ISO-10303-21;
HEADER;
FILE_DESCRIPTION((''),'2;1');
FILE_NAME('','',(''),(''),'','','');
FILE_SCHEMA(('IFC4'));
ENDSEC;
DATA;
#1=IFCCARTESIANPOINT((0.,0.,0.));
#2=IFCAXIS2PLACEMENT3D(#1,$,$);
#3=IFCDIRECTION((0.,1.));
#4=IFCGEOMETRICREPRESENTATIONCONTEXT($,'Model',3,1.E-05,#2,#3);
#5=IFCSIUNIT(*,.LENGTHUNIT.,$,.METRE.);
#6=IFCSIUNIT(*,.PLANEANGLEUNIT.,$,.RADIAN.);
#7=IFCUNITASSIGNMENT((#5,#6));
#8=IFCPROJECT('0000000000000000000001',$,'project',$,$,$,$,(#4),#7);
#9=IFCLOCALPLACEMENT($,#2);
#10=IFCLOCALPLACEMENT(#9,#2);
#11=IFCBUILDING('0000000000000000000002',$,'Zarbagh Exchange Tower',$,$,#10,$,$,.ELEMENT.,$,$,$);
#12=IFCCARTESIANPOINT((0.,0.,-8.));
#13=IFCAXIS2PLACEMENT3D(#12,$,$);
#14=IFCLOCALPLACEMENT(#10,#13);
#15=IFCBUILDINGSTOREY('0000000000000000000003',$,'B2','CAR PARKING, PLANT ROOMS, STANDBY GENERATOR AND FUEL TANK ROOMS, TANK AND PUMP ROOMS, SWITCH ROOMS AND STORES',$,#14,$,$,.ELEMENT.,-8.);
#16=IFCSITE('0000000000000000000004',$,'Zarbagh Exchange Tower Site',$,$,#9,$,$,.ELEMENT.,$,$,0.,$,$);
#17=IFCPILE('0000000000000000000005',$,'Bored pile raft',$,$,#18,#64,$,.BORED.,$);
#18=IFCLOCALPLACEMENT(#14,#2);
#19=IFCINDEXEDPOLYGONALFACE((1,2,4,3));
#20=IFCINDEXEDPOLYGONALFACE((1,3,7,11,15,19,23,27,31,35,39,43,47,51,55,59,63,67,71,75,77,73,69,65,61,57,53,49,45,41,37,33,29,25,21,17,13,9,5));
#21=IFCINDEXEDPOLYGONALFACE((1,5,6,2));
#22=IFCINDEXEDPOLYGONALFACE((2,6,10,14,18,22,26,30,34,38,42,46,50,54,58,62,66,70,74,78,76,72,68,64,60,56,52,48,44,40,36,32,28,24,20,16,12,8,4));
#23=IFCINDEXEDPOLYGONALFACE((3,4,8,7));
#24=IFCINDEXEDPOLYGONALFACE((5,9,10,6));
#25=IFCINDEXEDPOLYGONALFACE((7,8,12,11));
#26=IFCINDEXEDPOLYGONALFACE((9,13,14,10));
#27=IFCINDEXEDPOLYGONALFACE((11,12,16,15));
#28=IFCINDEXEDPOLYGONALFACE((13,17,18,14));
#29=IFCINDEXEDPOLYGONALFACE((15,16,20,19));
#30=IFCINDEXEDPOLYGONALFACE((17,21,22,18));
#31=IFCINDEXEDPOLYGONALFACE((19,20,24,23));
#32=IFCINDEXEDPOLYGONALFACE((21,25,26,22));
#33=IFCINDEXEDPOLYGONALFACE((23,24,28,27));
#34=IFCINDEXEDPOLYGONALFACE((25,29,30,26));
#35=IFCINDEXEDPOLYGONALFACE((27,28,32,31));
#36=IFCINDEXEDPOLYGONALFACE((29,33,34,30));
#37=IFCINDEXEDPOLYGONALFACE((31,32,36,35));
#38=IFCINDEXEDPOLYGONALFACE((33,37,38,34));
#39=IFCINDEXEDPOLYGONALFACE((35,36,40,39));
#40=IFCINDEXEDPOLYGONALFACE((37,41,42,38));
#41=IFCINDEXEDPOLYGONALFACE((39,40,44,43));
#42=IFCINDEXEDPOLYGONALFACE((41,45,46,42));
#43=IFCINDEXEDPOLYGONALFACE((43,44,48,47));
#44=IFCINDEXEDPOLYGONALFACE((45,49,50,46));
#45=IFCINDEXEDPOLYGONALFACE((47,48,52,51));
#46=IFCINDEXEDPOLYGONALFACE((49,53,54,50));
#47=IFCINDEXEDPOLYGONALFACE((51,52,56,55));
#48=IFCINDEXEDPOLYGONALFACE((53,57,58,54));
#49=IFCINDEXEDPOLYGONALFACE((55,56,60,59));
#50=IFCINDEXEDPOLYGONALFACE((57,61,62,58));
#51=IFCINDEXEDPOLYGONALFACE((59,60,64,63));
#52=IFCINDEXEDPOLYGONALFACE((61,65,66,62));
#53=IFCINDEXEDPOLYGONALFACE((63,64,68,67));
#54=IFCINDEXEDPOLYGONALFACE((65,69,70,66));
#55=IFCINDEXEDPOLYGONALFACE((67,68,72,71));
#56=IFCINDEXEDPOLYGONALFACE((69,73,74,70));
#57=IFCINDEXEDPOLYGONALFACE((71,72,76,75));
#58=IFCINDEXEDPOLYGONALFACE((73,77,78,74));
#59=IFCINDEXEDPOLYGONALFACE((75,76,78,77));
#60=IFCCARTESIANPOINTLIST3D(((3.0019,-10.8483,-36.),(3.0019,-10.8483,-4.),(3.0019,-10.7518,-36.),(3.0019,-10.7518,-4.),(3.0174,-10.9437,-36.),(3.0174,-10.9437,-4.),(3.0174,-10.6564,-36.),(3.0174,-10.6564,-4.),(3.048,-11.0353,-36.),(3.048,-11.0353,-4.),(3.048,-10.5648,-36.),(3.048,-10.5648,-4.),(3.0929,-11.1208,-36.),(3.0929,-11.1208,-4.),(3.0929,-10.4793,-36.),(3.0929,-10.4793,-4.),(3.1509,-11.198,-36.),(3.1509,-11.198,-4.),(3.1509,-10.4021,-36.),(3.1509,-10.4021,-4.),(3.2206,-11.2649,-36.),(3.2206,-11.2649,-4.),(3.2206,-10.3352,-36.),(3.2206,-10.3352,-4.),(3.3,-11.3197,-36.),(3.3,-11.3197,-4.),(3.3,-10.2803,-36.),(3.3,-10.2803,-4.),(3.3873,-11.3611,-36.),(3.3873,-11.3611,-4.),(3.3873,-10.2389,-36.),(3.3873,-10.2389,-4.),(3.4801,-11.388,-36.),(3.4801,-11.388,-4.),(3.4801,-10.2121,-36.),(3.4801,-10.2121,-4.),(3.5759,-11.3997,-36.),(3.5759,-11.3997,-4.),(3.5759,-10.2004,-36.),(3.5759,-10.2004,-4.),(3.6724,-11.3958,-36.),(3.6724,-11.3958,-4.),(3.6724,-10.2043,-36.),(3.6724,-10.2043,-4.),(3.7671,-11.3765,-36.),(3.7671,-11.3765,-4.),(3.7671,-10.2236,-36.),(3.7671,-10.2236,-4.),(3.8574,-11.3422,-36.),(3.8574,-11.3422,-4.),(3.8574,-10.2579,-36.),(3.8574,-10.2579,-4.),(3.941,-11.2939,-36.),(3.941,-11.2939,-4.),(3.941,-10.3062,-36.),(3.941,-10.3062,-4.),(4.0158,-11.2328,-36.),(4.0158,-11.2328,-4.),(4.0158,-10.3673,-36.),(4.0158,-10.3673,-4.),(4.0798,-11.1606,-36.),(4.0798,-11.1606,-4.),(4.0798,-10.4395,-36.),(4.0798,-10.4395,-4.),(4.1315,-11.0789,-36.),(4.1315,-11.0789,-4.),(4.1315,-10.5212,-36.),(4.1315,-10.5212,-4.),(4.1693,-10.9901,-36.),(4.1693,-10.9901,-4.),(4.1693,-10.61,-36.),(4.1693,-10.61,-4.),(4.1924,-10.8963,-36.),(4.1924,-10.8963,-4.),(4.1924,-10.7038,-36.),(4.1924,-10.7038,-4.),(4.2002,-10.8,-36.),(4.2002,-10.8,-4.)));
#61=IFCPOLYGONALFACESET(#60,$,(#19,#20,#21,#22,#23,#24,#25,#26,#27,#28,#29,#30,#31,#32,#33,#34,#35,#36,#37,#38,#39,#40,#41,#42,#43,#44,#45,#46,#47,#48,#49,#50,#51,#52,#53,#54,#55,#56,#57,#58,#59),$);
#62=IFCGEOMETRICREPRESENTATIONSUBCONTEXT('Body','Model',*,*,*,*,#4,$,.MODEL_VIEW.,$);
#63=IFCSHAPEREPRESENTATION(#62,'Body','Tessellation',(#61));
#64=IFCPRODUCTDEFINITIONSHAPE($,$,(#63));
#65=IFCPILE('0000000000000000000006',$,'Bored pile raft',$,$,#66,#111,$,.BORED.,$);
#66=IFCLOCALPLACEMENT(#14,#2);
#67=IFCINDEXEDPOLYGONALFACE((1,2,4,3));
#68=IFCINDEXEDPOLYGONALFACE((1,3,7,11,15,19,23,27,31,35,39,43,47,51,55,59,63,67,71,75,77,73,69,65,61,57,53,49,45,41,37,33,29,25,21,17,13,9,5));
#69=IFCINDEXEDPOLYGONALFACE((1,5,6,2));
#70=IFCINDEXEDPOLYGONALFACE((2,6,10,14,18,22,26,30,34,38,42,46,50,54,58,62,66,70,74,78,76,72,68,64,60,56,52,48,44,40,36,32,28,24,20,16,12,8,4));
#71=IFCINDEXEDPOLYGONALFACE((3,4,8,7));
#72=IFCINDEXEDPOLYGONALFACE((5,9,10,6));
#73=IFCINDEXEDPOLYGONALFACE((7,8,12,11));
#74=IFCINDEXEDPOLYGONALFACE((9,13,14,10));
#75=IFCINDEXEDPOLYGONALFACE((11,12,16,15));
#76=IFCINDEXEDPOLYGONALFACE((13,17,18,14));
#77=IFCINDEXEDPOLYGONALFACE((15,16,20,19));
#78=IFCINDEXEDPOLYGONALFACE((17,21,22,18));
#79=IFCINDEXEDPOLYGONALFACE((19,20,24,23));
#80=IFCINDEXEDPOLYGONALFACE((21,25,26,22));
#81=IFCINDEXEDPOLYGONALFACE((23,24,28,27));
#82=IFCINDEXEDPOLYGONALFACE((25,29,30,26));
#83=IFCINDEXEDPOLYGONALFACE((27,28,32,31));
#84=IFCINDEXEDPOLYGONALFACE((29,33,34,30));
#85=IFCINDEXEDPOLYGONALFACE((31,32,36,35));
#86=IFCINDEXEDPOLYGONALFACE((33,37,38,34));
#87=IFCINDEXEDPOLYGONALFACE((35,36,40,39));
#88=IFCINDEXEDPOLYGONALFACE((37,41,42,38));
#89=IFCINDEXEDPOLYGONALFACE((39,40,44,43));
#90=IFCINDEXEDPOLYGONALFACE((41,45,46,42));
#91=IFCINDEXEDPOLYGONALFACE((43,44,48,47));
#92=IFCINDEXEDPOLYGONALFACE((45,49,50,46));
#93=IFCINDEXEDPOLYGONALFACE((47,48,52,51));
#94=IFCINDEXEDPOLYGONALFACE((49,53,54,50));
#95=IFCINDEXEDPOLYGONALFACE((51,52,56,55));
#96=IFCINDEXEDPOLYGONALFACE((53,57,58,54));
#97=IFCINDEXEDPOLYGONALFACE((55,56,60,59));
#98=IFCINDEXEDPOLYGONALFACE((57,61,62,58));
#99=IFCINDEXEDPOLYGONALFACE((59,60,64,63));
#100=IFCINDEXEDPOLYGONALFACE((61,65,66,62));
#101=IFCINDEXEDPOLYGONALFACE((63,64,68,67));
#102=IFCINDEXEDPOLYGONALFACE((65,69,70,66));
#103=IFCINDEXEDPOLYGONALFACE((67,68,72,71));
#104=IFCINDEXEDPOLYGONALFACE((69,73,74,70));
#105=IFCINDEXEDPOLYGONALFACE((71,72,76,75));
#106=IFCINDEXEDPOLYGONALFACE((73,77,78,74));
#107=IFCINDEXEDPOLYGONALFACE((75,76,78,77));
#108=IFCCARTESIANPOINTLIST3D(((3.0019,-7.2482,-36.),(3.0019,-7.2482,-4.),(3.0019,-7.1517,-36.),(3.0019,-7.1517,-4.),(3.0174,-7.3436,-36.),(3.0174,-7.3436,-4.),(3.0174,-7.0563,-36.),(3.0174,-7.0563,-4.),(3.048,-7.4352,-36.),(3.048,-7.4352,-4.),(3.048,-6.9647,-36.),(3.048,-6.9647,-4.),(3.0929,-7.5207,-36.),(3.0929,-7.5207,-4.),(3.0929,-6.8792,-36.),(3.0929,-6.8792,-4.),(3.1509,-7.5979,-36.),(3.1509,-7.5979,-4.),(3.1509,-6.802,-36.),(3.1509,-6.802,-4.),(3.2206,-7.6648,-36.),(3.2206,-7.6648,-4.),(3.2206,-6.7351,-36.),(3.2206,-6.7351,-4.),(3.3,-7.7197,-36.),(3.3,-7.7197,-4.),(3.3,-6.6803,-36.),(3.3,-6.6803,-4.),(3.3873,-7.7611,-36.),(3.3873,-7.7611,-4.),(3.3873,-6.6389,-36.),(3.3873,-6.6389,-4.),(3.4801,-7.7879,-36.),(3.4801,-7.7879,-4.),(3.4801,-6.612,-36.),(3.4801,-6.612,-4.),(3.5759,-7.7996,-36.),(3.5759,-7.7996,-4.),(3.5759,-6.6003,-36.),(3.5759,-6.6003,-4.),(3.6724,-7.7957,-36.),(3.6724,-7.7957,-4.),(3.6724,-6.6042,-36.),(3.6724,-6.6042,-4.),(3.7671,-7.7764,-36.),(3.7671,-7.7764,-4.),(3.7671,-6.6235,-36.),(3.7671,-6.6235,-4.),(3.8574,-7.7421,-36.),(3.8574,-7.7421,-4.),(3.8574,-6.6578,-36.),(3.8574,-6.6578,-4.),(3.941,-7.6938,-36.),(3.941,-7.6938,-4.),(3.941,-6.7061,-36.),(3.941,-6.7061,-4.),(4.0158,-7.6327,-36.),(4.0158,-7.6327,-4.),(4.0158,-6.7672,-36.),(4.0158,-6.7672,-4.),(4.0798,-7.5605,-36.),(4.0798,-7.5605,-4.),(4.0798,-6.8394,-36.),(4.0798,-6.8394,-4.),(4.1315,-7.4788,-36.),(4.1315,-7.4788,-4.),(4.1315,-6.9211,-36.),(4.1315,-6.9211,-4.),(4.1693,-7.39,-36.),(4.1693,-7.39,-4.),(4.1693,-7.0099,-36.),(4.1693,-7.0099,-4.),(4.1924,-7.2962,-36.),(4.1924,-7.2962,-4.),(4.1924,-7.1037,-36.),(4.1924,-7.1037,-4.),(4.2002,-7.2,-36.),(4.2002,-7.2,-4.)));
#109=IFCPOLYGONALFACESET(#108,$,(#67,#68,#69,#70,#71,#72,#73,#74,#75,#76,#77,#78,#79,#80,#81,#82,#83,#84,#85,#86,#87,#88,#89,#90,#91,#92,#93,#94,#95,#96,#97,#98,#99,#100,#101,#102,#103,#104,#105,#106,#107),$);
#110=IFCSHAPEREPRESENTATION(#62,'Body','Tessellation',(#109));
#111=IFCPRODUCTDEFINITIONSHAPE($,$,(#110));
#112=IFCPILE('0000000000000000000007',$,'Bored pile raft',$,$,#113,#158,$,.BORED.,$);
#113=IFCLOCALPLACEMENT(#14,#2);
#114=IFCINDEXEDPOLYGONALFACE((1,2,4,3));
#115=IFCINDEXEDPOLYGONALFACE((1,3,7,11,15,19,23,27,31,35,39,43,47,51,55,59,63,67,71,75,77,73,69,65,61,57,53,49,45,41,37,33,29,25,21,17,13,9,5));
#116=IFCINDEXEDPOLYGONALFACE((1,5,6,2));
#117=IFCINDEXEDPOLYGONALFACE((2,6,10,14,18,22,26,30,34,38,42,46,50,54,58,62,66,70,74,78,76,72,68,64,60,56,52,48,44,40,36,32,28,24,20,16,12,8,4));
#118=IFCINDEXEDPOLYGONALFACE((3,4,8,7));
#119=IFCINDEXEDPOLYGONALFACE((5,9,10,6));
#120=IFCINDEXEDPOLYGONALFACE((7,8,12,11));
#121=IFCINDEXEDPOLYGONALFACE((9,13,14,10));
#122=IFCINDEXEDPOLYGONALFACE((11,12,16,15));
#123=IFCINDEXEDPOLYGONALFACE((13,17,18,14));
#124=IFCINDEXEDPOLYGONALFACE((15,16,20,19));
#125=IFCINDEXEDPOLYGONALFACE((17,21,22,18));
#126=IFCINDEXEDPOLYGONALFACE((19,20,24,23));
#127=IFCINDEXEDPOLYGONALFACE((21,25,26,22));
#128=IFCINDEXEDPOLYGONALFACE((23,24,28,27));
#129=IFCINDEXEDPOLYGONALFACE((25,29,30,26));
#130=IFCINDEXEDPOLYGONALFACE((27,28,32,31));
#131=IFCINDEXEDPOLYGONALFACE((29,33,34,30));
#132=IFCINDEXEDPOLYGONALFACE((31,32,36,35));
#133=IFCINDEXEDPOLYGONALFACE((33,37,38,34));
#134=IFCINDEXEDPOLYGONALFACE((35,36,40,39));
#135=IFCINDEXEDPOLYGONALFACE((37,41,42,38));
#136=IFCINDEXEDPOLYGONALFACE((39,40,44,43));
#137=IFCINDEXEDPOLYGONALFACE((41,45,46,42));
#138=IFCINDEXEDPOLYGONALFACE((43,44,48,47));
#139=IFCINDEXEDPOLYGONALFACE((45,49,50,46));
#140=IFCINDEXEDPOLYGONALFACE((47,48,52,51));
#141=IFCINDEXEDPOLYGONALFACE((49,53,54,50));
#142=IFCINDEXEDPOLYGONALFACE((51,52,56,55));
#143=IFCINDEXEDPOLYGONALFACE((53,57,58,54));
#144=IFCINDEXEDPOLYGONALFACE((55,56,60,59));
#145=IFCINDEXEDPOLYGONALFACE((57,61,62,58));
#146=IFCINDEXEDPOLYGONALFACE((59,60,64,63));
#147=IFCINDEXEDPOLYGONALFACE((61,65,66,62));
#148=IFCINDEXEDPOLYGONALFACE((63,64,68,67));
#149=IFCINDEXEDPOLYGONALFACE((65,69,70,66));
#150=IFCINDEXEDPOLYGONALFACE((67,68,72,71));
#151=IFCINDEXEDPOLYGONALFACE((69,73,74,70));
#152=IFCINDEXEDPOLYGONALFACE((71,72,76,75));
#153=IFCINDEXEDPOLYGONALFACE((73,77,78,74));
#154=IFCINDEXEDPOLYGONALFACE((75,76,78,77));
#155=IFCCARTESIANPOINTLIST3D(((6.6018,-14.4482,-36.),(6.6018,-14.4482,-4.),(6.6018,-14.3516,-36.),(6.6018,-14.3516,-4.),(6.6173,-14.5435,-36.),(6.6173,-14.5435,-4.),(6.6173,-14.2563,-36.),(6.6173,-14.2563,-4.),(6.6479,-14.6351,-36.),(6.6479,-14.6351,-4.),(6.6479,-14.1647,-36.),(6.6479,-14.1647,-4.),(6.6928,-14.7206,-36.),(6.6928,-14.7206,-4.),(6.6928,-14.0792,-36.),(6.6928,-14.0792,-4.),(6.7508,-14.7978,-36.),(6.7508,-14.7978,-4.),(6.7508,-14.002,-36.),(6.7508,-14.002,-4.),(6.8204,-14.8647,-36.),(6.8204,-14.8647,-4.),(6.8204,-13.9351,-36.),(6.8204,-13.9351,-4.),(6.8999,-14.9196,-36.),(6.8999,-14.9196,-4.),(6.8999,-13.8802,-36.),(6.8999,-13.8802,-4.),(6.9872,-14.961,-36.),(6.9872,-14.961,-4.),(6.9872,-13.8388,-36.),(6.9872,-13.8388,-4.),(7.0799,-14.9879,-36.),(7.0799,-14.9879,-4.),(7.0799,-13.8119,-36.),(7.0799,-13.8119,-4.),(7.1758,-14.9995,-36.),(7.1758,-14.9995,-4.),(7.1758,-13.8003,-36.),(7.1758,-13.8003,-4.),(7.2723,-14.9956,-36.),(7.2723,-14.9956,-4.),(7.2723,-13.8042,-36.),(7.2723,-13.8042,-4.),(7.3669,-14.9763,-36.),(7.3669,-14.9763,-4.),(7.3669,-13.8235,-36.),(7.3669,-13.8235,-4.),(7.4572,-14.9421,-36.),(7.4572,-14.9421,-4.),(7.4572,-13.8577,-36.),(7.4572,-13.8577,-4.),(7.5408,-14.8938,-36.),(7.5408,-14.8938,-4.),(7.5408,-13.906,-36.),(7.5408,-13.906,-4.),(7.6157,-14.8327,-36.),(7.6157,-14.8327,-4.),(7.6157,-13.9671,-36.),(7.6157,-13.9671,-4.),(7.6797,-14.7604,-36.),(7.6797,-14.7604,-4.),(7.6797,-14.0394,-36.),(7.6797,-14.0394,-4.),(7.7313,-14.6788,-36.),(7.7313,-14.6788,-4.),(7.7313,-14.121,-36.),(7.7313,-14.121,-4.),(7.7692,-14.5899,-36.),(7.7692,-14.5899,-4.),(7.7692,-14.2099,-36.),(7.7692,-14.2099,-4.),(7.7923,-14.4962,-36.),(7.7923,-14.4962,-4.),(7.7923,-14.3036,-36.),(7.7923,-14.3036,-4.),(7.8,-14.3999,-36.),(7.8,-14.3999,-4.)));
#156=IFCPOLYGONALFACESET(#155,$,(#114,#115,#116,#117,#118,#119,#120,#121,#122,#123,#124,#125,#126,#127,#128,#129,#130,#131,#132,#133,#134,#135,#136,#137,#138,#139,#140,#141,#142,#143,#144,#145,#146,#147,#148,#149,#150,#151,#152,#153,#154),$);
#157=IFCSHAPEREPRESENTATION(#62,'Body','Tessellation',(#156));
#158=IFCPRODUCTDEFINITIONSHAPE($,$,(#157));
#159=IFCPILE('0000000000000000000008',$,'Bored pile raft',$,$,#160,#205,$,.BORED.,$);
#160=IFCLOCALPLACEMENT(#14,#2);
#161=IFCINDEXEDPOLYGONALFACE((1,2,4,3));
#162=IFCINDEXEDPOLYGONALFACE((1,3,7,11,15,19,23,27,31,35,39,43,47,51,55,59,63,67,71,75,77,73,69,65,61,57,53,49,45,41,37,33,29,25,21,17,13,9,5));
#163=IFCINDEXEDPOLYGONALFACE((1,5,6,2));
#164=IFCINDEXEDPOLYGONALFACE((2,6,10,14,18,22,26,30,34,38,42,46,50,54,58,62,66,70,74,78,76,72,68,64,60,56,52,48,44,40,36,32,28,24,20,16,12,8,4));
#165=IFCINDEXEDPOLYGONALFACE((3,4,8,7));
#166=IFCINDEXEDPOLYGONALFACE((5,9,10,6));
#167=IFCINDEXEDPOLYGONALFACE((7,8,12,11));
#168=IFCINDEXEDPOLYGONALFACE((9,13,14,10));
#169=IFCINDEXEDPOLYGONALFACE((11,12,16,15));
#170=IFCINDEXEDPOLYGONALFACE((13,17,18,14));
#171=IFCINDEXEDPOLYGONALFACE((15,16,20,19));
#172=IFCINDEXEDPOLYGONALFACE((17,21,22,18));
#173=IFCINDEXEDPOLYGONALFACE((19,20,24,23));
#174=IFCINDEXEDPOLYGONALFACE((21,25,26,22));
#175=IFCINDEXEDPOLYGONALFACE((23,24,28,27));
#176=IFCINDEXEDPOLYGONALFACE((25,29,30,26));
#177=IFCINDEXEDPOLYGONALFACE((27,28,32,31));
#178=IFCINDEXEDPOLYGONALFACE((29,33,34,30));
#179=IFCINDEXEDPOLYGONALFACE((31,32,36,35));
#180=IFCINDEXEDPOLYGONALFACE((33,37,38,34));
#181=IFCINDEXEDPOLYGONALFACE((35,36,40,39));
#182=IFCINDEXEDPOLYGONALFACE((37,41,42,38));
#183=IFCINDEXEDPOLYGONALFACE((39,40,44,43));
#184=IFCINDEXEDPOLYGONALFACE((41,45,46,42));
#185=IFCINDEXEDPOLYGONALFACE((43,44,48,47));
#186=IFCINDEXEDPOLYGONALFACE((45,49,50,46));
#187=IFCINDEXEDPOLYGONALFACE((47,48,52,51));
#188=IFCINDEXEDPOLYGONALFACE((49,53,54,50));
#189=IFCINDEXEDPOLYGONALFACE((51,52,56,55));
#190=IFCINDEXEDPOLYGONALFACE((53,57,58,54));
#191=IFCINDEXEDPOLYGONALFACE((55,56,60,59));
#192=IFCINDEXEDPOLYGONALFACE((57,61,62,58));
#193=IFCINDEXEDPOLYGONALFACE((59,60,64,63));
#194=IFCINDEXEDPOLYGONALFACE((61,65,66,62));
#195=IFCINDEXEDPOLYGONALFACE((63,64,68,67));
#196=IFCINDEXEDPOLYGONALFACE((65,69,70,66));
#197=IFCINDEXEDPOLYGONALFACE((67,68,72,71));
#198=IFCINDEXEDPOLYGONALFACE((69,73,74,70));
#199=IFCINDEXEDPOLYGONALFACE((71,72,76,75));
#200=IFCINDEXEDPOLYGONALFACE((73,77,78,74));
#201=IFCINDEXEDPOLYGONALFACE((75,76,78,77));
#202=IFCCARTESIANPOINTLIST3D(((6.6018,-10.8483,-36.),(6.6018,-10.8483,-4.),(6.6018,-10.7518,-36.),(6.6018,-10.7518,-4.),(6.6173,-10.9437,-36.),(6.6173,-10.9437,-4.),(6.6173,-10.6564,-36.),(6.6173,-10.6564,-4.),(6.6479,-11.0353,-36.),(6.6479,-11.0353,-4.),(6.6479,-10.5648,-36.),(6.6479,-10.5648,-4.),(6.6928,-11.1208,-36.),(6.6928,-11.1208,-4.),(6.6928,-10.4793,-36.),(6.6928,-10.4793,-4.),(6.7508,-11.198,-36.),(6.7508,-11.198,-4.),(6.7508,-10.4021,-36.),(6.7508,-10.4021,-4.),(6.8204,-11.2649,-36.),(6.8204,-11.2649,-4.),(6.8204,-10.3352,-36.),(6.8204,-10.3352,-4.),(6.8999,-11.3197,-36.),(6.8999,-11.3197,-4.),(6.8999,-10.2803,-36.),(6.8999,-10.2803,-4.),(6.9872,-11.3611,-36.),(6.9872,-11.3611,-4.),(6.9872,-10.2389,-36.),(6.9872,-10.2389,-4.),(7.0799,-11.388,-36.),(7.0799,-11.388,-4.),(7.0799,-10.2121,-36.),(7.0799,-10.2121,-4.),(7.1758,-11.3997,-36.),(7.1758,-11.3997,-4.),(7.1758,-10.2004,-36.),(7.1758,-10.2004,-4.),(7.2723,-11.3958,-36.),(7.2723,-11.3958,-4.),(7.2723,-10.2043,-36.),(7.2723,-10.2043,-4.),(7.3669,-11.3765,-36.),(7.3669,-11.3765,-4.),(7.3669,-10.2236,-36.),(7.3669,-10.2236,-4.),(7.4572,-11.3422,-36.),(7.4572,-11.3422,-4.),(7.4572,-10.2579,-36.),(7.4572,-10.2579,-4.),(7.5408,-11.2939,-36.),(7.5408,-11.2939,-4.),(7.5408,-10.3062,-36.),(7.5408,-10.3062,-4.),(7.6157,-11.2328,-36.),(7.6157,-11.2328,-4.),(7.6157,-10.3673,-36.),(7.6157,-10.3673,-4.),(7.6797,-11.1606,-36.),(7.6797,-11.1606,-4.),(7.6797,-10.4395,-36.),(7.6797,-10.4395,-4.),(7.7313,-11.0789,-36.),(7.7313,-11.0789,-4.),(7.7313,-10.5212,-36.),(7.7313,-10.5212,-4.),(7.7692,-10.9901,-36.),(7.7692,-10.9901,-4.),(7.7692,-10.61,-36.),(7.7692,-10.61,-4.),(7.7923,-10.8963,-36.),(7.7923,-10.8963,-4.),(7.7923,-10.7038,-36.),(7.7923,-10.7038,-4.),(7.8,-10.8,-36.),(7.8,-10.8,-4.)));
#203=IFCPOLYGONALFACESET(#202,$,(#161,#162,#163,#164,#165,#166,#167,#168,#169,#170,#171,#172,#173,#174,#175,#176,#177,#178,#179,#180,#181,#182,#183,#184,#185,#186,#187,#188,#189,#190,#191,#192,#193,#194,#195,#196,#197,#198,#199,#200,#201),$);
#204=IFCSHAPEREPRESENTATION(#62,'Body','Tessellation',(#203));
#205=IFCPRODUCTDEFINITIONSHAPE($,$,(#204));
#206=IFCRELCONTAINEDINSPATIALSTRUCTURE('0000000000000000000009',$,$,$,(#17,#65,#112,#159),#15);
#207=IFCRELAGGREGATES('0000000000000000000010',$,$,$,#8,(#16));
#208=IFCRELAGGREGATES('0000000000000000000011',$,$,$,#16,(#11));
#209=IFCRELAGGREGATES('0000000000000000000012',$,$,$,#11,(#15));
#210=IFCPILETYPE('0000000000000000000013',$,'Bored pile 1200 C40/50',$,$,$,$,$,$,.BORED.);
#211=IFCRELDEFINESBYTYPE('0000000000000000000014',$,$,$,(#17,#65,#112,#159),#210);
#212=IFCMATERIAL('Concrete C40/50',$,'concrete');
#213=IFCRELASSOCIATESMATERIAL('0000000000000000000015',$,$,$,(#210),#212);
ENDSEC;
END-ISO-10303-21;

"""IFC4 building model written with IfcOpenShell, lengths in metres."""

from ifc_helpers import new_model, si_unit, direction, frame, origin, origin_2d, place, context, subcontext, project, spatial, circle, extrude, material, material_profile, profile_set, type_object, element, save


model = new_model("IFC4")

# Units and contexts
model_context = context("Model", 3, precision=1e-05, world=origin(), true_north=direction((0.0, 1.0)))
body_context = subcontext(model_context, "Body", "Model", "MODEL_VIEW")
ifc_project = project(units=[si_unit("LENGTHUNIT", "METRE"), si_unit("PLANEANGLEUNIT", "RADIAN")], contexts=[model_context])

# Site, building, storey
site_placement = place(None, origin())
site = spatial("IfcSite", under=ifc_project, at=site_placement, Name="Zarbagh Exchange Tower Site", CompositionType="ELEMENT", RefElevation=0.0)
building_placement = place(site_placement, origin())
building = spatial("IfcBuilding", under=site, at=building_placement, Name="Zarbagh Exchange Tower", CompositionType="ELEMENT")
storey_placement = place(building_placement, frame((0.0, 0.0, -8.0)))
storey = spatial("IfcBuildingStorey", under=building, at=storey_placement, Name="B2", Description="CAR PARKING, PLANT ROOMS, STANDBY GENERATOR AND FUEL TANK ROOMS, TANK AND PUMP ROOMS, SWITCH ROOMS AND STORES", CompositionType="ELEMENT", Elevation=-8.0)

# Piles
ifc_material_1 = material(Name="Concrete C40/50", Category="concrete")
ifc_material_profile_1 = material_profile(ifc_material_1, circle(Radius=0.6001, at=origin_2d()), Name="Bored pile 1200 C40/50")
ifc_profile_set_1 = profile_set([ifc_material_profile_1], Name="Concrete C40/50")
pile_type = type_object("IfcPileType", Name="Bored pile 1200 C40/50", PredefinedType="BORED", material=ifc_profile_set_1)
for number, where, z_axis, x_axis, name in (
    (1, (3.6001, -10.8, -4.0), (0.0, 0.0, -1.0), (1.0, 0.0, 0.0), "Bored pile raft"),
    (2, (3.6001, -7.2, -4.0), (0.0, 0.0, -1.0), (1.0, 0.0, 0.0), "Bored pile raft"),
    (3, (7.2, -14.3999, -4.0), (0.0, 0.0, -1.0), (1.0, 0.0, 0.0), "Bored pile raft"),
    (4, (7.2, -10.8, -4.0), (0.0, 0.0, -1.0), (1.0, 0.0, 0.0), "Bored pile raft"),
):
    element("IfcPile", number, at=place(storey_placement, frame(where, z_axis=z_axis, x_axis=x_axis)), inside=storey, type_object=pile_type, Name=name, PredefinedType="BORED", context=body_context, shape_type="SweptSolid", body=[
        extrude(circle(Radius=0.6001, at=origin_2d()), origin(), (0.0, 0.0, 1.0), 32.0),
    ])

save(model, "model.ifc")
